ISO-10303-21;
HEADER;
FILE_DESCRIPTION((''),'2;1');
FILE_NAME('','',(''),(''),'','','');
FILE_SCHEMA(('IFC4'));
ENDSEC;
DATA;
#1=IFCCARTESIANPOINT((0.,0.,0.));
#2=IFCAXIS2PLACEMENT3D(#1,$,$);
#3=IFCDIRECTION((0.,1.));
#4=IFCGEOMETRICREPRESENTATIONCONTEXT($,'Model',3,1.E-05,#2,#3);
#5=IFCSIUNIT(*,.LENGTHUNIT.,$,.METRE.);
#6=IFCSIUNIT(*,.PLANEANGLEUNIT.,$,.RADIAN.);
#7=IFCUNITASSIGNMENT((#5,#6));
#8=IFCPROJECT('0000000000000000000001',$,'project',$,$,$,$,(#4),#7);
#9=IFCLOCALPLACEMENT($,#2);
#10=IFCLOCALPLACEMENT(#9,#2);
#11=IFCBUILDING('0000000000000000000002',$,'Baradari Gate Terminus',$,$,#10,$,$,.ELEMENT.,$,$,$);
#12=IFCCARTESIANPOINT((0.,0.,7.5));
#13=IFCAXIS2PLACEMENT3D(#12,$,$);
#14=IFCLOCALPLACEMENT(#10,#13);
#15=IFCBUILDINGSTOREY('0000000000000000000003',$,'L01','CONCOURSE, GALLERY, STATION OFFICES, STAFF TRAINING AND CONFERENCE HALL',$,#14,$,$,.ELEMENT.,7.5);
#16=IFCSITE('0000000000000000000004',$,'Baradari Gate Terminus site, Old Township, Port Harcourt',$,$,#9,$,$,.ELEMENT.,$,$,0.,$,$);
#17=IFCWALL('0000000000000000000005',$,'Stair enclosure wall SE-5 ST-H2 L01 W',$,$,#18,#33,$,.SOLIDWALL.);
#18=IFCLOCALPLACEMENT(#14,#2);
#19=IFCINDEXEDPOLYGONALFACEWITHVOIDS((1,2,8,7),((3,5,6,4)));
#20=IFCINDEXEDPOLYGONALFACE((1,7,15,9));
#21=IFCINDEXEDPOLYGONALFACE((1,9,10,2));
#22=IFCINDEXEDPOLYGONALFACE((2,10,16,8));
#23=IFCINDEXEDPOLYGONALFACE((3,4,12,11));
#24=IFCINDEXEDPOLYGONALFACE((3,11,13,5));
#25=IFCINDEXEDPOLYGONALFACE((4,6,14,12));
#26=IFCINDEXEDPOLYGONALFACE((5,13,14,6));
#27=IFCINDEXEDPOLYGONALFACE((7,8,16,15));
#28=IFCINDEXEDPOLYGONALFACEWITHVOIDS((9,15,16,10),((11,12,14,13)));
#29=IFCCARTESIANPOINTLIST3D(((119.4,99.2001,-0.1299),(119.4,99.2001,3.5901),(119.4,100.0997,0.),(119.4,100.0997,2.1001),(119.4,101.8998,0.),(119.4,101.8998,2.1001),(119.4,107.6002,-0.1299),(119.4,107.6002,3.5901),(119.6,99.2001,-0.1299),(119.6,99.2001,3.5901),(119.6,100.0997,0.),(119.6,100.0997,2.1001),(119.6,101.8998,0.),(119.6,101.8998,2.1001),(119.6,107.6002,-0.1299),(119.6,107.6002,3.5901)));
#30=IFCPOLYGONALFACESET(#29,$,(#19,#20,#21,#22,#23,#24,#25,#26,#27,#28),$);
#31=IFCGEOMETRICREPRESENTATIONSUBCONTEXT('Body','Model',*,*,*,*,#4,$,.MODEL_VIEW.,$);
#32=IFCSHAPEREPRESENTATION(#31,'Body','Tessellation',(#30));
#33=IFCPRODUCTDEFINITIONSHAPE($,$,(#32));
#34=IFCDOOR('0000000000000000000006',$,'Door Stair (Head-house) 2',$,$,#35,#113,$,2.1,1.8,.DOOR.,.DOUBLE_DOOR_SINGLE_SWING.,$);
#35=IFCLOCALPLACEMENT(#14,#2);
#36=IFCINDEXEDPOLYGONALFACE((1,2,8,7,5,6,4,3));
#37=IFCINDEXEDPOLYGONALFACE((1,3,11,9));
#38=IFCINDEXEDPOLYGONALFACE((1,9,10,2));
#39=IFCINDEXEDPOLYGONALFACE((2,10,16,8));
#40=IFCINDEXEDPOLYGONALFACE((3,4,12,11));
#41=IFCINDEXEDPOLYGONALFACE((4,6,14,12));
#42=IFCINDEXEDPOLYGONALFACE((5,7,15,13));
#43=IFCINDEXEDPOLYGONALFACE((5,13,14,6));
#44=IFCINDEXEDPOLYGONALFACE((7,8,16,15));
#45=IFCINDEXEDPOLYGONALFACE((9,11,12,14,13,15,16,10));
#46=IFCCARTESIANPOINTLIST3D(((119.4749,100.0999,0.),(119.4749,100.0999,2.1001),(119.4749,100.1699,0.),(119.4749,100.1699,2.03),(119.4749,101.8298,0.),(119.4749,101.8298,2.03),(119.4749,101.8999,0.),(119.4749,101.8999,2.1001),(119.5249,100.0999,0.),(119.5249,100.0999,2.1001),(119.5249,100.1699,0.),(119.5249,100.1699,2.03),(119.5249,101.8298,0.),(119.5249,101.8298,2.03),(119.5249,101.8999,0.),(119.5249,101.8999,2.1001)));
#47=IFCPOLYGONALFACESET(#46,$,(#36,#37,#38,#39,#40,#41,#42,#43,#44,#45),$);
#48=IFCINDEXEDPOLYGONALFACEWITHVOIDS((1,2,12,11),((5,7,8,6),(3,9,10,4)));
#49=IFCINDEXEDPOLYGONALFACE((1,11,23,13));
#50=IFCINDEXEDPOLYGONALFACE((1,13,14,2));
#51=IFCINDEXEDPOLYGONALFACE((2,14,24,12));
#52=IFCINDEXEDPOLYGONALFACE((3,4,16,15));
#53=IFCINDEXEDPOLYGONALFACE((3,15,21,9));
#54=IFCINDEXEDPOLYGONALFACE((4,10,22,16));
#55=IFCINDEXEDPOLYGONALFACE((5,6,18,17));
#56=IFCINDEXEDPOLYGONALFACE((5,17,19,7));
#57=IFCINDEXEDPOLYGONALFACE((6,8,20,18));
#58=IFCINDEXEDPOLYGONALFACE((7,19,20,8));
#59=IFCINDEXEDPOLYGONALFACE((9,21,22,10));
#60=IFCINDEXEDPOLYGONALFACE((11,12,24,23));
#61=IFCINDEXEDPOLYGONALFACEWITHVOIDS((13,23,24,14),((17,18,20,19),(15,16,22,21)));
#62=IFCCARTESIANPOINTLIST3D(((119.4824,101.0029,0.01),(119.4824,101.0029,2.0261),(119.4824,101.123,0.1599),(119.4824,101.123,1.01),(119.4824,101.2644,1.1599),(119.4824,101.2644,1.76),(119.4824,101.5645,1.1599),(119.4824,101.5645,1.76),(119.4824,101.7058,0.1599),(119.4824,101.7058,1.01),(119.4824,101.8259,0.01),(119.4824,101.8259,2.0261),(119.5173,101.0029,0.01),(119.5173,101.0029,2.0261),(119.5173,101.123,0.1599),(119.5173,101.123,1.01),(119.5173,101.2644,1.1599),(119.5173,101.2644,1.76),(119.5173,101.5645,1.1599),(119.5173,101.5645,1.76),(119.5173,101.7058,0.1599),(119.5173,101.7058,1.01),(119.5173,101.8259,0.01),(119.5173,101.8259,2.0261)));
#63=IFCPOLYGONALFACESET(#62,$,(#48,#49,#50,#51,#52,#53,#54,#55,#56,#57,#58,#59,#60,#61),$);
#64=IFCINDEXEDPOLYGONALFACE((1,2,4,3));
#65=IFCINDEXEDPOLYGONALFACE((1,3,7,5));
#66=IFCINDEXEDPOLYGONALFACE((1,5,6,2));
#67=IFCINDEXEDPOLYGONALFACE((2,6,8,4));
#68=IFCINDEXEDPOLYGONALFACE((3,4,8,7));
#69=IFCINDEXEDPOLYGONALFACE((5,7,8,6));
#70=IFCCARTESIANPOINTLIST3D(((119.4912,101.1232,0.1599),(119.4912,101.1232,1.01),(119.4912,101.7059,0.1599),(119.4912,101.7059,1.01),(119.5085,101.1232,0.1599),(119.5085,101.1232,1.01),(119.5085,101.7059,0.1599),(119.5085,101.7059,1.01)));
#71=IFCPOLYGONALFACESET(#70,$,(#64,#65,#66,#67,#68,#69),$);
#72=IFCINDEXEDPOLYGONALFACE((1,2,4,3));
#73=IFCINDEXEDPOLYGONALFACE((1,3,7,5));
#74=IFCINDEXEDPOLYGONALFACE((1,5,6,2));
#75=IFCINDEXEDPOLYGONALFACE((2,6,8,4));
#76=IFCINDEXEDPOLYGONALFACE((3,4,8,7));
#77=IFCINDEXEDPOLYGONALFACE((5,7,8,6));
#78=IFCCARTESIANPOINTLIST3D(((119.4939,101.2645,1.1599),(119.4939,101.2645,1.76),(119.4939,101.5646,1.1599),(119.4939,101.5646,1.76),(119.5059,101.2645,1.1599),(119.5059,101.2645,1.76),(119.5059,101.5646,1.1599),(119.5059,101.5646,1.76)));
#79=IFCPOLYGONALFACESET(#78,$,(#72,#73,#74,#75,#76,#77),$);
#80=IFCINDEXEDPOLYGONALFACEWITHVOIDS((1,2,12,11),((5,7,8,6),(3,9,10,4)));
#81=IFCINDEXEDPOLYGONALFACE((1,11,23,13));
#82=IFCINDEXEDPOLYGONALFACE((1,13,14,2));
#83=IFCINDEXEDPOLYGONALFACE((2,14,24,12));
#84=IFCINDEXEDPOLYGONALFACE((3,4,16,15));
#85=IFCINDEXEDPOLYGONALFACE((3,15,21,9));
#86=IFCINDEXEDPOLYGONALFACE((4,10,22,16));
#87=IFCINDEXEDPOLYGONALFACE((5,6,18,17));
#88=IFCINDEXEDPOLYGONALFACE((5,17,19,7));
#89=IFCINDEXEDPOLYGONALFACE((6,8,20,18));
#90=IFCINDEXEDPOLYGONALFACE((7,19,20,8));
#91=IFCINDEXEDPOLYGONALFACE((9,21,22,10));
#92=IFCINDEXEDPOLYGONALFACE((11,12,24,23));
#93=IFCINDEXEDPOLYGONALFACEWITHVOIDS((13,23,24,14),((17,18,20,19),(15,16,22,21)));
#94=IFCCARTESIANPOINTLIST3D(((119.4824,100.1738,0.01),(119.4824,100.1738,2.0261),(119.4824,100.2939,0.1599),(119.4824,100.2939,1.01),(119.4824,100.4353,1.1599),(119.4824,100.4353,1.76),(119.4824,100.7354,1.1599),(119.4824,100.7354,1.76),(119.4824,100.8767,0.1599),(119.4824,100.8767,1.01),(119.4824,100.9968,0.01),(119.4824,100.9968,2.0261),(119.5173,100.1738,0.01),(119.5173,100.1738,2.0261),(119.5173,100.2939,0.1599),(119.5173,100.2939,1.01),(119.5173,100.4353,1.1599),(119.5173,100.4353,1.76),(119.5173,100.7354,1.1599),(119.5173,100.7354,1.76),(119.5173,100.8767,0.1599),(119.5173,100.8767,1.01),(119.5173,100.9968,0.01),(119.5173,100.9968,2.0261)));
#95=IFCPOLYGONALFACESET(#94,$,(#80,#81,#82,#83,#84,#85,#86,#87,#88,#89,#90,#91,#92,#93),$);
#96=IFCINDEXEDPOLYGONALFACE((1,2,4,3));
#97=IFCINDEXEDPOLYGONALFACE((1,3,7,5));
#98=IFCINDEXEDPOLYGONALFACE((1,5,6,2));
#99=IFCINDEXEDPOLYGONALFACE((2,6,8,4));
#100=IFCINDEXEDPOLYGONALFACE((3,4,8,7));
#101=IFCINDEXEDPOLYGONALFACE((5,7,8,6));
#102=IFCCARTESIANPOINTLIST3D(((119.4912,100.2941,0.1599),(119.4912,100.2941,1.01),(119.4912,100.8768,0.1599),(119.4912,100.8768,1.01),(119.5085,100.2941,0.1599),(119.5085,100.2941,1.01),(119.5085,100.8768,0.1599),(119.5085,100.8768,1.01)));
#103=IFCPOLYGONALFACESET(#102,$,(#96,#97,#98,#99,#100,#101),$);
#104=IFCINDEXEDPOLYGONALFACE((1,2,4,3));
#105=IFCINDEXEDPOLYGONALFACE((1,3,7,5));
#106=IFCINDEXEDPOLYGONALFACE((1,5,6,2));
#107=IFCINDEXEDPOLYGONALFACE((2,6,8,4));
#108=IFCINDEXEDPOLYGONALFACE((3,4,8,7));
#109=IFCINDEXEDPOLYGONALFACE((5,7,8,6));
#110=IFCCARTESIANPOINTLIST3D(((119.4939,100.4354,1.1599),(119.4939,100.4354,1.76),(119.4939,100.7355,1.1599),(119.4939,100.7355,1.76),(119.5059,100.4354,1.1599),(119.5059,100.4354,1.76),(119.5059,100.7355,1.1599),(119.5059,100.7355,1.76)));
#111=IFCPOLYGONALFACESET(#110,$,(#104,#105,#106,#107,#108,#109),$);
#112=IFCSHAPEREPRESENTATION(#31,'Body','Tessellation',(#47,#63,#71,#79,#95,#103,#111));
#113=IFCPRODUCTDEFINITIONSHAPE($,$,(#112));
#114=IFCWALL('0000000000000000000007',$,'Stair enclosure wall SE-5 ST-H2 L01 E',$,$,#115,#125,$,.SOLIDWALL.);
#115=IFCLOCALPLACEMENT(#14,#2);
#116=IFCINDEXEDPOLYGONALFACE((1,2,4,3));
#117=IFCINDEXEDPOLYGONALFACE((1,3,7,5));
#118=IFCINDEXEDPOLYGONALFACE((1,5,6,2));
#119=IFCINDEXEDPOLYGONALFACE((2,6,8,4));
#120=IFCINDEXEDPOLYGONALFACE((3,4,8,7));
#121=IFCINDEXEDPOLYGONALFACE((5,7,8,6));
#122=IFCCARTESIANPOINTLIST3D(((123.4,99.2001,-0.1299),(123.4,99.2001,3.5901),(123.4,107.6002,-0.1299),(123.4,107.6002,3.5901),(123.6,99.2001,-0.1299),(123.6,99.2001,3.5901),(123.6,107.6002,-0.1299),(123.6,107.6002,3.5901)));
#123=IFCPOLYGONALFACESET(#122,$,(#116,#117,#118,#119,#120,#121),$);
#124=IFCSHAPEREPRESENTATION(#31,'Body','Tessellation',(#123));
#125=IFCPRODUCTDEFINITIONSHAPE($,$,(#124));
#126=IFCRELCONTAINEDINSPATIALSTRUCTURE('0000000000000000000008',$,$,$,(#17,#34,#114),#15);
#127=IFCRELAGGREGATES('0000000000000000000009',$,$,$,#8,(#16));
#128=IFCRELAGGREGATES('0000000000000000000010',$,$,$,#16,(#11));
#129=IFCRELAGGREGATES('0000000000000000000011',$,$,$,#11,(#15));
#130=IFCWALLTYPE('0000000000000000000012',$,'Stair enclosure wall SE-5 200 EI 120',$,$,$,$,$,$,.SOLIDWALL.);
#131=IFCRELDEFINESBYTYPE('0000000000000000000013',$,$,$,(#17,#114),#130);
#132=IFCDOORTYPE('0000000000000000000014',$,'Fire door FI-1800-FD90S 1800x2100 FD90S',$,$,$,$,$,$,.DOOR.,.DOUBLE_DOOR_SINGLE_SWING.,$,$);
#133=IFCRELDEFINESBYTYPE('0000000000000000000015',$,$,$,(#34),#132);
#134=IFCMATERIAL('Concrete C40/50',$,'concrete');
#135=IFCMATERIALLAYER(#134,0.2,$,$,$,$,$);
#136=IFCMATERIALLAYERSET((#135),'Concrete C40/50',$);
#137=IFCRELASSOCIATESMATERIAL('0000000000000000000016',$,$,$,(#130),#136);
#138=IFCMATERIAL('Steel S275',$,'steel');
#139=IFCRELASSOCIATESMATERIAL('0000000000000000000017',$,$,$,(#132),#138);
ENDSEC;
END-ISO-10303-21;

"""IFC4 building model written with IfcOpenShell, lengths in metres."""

from ifc_helpers import new_model, si_unit, direction, frame, frame_2d, origin, place, context, subcontext, project, spatial, polyline, rectangle, outline, extrude, material, layer, layer_set, type_object, element, fill, save


model = new_model("IFC4")

# Units and contexts
model_context = context("Model", 3, precision=1e-05, world=origin(), true_north=direction((0.0, 1.0)))
body_context = subcontext(model_context, "Body", "Model", "MODEL_VIEW")
ifc_project = project(units=[si_unit("LENGTHUNIT", "METRE"), si_unit("PLANEANGLEUNIT", "RADIAN")], contexts=[model_context])

# Site, building, storey
site_placement = place(None, origin())
site = spatial("IfcSite", under=ifc_project, at=site_placement, Name="Baradari Gate Terminus site, Old Township, Port Harcourt", CompositionType="ELEMENT", RefElevation=0.0)
building_placement = place(site_placement, origin())
building = spatial("IfcBuilding", under=site, at=building_placement, Name="Baradari Gate Terminus", CompositionType="ELEMENT")
storey_placement = place(building_placement, frame((0.0, 0.0, 7.5)))
storey = spatial("IfcBuildingStorey", under=building, at=storey_placement, Name="L01", Description="CONCOURSE, GALLERY, STATION OFFICES, STAFF TRAINING AND CONFERENCE HALL", CompositionType="ELEMENT", Elevation=7.5)

# Wall, opening, door
ifc_material_1 = material(Name="Concrete C40/50", Category="concrete")
ifc_layer_1 = layer(ifc_material_1, 0.2)
ifc_layer_set_1 = layer_set([ifc_layer_1], Name="Concrete C40/50")
wall_type_1 = type_object("IfcWallType", Name="Stair enclosure wall SE-5 200 EI 120", PredefinedType="SOLIDWALL", material=ifc_layer_set_1)
ifc_material_2 = material(Name="Steel S275", Category="steel")
door_type_1 = type_object("IfcDoorType", Name="Fire door FI-1800-FD90S 1800x2100 FD90S", OperationType="DOUBLE_DOOR_SINGLE_SWING", PredefinedType="DOOR", material=ifc_material_2)
wall_1_placement = place(storey_placement, frame((119.5, 99.2, -0.1299), z_axis=(0.0, 0.0, 1.0), x_axis=(0.0, 1.0, 0.0)))
wall_1 = element("IfcWall", 1, at=wall_1_placement, inside=storey, type_object=wall_type_1, Name="Stair enclosure wall SE-5 ST-H2 L01 W", PredefinedType="SOLIDWALL", context=body_context, shape_type="SweptSolid", body=[
    extrude(rectangle(XDim=8.4001, YDim=0.2, at=frame_2d((4.2002, 0.0))), origin(), (0.0, 0.0, 1.0), 3.72),
])
opening_1_placement = place(wall_1_placement, frame((0.8999, 0.0, 0.1299)))
opening_1 = element("IfcOpeningElement", 2, at=opening_1_placement, cuts=wall_1, PredefinedType="OPENING", context=body_context, shape_type="SweptSolid", body=[
    extrude(rectangle(XDim=1.8, YDim=2.1001, at=frame_2d((0.8999, 1.05))), frame((0.0, 0.1099, 0.0), z_axis=(0.0, -1.0, 0.0), x_axis=(1.0, 0.0, 0.0)), (0.0, 0.0, 1.0), 0.22),
])
door_1_placement = place(opening_1_placement, frame((1.8, 0.0, 0.0), z_axis=(0.0, 0.0, 1.0), x_axis=(-1.0, 0.0, 0.0)))
door_1 = element("IfcDoor", 3, at=door_1_placement, inside=storey, type_object=door_type_1, Name="Door Stair (Head-house) 2", OperationType="DOUBLE_DOOR_SINGLE_SWING", OverallHeight=2.1, OverallWidth=1.8, PredefinedType="DOOR", context=body_context, shape_type="SweptSolid", body=[
    extrude(outline(polyline([(0.0, 0.0), (0.0701, 0.0), (0.0701, 2.03), (1.73, 2.03), (1.73, 0.0), (1.8, 0.0), (1.8, 2.1001), (0.0, 2.1001), (0.0, 0.0)])), frame((0.0, 0.0249, 0.0), z_axis=(0.0, -1.0, 0.0), x_axis=(1.0, 0.0, 0.0)), (0.0, 0.0, 1.0), 0.05),
    extrude(outline(polyline([(0.074, 0.01), (0.897, 0.01), (0.897, 2.0261), (0.074, 2.0261), (0.074, 0.01)]), holes=[polyline([(0.1941, 0.1599), (0.7769, 0.1599), (0.7769, 1.01), (0.1941, 1.01), (0.1941, 0.1599)]), polyline([(0.3354, 1.1599), (0.6355, 1.1599), (0.6355, 1.76), (0.3354, 1.76), (0.3354, 1.1599)])]), frame((0.0, 0.0173, 0.0), z_axis=(0.0, -1.0, 0.0), x_axis=(1.0, 0.0, 0.0)), (0.0, 0.0, 1.0), 0.0349),
    extrude(rectangle(XDim=0.5828, YDim=0.8501, at=frame_2d((0.4854, 0.585))), frame((0.0, 0.0085, 0.0), z_axis=(0.0, -1.0, 0.0), x_axis=(1.0, 0.0, 0.0)), (0.0, 0.0, 1.0), 0.0173),
    extrude(rectangle(XDim=0.3, YDim=0.6001, at=frame_2d((0.4854, 1.46))), frame((0.0, 0.0059, 0.0), z_axis=(0.0, -1.0, 0.0), x_axis=(1.0, 0.0, 0.0)), (0.0, 0.0, 1.0), 0.012),
    extrude(outline(polyline([(0.9031, 0.01), (1.7261, 0.01), (1.7261, 2.0261), (0.9031, 2.0261), (0.9031, 0.01)]), holes=[polyline([(1.0232, 0.1599), (1.606, 0.1599), (1.606, 1.01), (1.0232, 1.01), (1.0232, 0.1599)]), polyline([(1.1646, 1.1599), (1.4646, 1.1599), (1.4646, 1.76), (1.1646, 1.76), (1.1646, 1.1599)])]), frame((0.0, 0.0173, 0.0), z_axis=(0.0, -1.0, 0.0), x_axis=(1.0, 0.0, 0.0)), (0.0, 0.0, 1.0), 0.0349),
    extrude(rectangle(XDim=0.5828, YDim=0.8501, at=frame_2d((1.3145, 0.585))), frame((0.0, 0.0085, 0.0), z_axis=(0.0, -1.0, 0.0), x_axis=(1.0, 0.0, 0.0)), (0.0, 0.0, 1.0), 0.0173),
    extrude(rectangle(XDim=0.3, YDim=0.6001, at=frame_2d((1.3145, 1.46))), frame((0.0, 0.0059, 0.0), z_axis=(0.0, -1.0, 0.0), x_axis=(1.0, 0.0, 0.0)), (0.0, 0.0, 1.0), 0.012),
])
fill(opening_1, door_1)

# Wall
wall_2_placement = place(storey_placement, frame((123.5, 99.2, -0.1299), z_axis=(0.0, 0.0, 1.0), x_axis=(0.0, 1.0, 0.0)))
element("IfcWall", 4, at=wall_2_placement, inside=storey, type_object=wall_type_1, Name="Stair enclosure wall SE-5 ST-H2 L01 E", PredefinedType="SOLIDWALL", context=body_context, shape_type="SweptSolid", body=[
    extrude(rectangle(XDim=8.4001, YDim=0.2, at=frame_2d((4.2002, 0.0))), origin(), (0.0, 0.0, 1.0), 3.72),
])

save(model, "model.ifc")
